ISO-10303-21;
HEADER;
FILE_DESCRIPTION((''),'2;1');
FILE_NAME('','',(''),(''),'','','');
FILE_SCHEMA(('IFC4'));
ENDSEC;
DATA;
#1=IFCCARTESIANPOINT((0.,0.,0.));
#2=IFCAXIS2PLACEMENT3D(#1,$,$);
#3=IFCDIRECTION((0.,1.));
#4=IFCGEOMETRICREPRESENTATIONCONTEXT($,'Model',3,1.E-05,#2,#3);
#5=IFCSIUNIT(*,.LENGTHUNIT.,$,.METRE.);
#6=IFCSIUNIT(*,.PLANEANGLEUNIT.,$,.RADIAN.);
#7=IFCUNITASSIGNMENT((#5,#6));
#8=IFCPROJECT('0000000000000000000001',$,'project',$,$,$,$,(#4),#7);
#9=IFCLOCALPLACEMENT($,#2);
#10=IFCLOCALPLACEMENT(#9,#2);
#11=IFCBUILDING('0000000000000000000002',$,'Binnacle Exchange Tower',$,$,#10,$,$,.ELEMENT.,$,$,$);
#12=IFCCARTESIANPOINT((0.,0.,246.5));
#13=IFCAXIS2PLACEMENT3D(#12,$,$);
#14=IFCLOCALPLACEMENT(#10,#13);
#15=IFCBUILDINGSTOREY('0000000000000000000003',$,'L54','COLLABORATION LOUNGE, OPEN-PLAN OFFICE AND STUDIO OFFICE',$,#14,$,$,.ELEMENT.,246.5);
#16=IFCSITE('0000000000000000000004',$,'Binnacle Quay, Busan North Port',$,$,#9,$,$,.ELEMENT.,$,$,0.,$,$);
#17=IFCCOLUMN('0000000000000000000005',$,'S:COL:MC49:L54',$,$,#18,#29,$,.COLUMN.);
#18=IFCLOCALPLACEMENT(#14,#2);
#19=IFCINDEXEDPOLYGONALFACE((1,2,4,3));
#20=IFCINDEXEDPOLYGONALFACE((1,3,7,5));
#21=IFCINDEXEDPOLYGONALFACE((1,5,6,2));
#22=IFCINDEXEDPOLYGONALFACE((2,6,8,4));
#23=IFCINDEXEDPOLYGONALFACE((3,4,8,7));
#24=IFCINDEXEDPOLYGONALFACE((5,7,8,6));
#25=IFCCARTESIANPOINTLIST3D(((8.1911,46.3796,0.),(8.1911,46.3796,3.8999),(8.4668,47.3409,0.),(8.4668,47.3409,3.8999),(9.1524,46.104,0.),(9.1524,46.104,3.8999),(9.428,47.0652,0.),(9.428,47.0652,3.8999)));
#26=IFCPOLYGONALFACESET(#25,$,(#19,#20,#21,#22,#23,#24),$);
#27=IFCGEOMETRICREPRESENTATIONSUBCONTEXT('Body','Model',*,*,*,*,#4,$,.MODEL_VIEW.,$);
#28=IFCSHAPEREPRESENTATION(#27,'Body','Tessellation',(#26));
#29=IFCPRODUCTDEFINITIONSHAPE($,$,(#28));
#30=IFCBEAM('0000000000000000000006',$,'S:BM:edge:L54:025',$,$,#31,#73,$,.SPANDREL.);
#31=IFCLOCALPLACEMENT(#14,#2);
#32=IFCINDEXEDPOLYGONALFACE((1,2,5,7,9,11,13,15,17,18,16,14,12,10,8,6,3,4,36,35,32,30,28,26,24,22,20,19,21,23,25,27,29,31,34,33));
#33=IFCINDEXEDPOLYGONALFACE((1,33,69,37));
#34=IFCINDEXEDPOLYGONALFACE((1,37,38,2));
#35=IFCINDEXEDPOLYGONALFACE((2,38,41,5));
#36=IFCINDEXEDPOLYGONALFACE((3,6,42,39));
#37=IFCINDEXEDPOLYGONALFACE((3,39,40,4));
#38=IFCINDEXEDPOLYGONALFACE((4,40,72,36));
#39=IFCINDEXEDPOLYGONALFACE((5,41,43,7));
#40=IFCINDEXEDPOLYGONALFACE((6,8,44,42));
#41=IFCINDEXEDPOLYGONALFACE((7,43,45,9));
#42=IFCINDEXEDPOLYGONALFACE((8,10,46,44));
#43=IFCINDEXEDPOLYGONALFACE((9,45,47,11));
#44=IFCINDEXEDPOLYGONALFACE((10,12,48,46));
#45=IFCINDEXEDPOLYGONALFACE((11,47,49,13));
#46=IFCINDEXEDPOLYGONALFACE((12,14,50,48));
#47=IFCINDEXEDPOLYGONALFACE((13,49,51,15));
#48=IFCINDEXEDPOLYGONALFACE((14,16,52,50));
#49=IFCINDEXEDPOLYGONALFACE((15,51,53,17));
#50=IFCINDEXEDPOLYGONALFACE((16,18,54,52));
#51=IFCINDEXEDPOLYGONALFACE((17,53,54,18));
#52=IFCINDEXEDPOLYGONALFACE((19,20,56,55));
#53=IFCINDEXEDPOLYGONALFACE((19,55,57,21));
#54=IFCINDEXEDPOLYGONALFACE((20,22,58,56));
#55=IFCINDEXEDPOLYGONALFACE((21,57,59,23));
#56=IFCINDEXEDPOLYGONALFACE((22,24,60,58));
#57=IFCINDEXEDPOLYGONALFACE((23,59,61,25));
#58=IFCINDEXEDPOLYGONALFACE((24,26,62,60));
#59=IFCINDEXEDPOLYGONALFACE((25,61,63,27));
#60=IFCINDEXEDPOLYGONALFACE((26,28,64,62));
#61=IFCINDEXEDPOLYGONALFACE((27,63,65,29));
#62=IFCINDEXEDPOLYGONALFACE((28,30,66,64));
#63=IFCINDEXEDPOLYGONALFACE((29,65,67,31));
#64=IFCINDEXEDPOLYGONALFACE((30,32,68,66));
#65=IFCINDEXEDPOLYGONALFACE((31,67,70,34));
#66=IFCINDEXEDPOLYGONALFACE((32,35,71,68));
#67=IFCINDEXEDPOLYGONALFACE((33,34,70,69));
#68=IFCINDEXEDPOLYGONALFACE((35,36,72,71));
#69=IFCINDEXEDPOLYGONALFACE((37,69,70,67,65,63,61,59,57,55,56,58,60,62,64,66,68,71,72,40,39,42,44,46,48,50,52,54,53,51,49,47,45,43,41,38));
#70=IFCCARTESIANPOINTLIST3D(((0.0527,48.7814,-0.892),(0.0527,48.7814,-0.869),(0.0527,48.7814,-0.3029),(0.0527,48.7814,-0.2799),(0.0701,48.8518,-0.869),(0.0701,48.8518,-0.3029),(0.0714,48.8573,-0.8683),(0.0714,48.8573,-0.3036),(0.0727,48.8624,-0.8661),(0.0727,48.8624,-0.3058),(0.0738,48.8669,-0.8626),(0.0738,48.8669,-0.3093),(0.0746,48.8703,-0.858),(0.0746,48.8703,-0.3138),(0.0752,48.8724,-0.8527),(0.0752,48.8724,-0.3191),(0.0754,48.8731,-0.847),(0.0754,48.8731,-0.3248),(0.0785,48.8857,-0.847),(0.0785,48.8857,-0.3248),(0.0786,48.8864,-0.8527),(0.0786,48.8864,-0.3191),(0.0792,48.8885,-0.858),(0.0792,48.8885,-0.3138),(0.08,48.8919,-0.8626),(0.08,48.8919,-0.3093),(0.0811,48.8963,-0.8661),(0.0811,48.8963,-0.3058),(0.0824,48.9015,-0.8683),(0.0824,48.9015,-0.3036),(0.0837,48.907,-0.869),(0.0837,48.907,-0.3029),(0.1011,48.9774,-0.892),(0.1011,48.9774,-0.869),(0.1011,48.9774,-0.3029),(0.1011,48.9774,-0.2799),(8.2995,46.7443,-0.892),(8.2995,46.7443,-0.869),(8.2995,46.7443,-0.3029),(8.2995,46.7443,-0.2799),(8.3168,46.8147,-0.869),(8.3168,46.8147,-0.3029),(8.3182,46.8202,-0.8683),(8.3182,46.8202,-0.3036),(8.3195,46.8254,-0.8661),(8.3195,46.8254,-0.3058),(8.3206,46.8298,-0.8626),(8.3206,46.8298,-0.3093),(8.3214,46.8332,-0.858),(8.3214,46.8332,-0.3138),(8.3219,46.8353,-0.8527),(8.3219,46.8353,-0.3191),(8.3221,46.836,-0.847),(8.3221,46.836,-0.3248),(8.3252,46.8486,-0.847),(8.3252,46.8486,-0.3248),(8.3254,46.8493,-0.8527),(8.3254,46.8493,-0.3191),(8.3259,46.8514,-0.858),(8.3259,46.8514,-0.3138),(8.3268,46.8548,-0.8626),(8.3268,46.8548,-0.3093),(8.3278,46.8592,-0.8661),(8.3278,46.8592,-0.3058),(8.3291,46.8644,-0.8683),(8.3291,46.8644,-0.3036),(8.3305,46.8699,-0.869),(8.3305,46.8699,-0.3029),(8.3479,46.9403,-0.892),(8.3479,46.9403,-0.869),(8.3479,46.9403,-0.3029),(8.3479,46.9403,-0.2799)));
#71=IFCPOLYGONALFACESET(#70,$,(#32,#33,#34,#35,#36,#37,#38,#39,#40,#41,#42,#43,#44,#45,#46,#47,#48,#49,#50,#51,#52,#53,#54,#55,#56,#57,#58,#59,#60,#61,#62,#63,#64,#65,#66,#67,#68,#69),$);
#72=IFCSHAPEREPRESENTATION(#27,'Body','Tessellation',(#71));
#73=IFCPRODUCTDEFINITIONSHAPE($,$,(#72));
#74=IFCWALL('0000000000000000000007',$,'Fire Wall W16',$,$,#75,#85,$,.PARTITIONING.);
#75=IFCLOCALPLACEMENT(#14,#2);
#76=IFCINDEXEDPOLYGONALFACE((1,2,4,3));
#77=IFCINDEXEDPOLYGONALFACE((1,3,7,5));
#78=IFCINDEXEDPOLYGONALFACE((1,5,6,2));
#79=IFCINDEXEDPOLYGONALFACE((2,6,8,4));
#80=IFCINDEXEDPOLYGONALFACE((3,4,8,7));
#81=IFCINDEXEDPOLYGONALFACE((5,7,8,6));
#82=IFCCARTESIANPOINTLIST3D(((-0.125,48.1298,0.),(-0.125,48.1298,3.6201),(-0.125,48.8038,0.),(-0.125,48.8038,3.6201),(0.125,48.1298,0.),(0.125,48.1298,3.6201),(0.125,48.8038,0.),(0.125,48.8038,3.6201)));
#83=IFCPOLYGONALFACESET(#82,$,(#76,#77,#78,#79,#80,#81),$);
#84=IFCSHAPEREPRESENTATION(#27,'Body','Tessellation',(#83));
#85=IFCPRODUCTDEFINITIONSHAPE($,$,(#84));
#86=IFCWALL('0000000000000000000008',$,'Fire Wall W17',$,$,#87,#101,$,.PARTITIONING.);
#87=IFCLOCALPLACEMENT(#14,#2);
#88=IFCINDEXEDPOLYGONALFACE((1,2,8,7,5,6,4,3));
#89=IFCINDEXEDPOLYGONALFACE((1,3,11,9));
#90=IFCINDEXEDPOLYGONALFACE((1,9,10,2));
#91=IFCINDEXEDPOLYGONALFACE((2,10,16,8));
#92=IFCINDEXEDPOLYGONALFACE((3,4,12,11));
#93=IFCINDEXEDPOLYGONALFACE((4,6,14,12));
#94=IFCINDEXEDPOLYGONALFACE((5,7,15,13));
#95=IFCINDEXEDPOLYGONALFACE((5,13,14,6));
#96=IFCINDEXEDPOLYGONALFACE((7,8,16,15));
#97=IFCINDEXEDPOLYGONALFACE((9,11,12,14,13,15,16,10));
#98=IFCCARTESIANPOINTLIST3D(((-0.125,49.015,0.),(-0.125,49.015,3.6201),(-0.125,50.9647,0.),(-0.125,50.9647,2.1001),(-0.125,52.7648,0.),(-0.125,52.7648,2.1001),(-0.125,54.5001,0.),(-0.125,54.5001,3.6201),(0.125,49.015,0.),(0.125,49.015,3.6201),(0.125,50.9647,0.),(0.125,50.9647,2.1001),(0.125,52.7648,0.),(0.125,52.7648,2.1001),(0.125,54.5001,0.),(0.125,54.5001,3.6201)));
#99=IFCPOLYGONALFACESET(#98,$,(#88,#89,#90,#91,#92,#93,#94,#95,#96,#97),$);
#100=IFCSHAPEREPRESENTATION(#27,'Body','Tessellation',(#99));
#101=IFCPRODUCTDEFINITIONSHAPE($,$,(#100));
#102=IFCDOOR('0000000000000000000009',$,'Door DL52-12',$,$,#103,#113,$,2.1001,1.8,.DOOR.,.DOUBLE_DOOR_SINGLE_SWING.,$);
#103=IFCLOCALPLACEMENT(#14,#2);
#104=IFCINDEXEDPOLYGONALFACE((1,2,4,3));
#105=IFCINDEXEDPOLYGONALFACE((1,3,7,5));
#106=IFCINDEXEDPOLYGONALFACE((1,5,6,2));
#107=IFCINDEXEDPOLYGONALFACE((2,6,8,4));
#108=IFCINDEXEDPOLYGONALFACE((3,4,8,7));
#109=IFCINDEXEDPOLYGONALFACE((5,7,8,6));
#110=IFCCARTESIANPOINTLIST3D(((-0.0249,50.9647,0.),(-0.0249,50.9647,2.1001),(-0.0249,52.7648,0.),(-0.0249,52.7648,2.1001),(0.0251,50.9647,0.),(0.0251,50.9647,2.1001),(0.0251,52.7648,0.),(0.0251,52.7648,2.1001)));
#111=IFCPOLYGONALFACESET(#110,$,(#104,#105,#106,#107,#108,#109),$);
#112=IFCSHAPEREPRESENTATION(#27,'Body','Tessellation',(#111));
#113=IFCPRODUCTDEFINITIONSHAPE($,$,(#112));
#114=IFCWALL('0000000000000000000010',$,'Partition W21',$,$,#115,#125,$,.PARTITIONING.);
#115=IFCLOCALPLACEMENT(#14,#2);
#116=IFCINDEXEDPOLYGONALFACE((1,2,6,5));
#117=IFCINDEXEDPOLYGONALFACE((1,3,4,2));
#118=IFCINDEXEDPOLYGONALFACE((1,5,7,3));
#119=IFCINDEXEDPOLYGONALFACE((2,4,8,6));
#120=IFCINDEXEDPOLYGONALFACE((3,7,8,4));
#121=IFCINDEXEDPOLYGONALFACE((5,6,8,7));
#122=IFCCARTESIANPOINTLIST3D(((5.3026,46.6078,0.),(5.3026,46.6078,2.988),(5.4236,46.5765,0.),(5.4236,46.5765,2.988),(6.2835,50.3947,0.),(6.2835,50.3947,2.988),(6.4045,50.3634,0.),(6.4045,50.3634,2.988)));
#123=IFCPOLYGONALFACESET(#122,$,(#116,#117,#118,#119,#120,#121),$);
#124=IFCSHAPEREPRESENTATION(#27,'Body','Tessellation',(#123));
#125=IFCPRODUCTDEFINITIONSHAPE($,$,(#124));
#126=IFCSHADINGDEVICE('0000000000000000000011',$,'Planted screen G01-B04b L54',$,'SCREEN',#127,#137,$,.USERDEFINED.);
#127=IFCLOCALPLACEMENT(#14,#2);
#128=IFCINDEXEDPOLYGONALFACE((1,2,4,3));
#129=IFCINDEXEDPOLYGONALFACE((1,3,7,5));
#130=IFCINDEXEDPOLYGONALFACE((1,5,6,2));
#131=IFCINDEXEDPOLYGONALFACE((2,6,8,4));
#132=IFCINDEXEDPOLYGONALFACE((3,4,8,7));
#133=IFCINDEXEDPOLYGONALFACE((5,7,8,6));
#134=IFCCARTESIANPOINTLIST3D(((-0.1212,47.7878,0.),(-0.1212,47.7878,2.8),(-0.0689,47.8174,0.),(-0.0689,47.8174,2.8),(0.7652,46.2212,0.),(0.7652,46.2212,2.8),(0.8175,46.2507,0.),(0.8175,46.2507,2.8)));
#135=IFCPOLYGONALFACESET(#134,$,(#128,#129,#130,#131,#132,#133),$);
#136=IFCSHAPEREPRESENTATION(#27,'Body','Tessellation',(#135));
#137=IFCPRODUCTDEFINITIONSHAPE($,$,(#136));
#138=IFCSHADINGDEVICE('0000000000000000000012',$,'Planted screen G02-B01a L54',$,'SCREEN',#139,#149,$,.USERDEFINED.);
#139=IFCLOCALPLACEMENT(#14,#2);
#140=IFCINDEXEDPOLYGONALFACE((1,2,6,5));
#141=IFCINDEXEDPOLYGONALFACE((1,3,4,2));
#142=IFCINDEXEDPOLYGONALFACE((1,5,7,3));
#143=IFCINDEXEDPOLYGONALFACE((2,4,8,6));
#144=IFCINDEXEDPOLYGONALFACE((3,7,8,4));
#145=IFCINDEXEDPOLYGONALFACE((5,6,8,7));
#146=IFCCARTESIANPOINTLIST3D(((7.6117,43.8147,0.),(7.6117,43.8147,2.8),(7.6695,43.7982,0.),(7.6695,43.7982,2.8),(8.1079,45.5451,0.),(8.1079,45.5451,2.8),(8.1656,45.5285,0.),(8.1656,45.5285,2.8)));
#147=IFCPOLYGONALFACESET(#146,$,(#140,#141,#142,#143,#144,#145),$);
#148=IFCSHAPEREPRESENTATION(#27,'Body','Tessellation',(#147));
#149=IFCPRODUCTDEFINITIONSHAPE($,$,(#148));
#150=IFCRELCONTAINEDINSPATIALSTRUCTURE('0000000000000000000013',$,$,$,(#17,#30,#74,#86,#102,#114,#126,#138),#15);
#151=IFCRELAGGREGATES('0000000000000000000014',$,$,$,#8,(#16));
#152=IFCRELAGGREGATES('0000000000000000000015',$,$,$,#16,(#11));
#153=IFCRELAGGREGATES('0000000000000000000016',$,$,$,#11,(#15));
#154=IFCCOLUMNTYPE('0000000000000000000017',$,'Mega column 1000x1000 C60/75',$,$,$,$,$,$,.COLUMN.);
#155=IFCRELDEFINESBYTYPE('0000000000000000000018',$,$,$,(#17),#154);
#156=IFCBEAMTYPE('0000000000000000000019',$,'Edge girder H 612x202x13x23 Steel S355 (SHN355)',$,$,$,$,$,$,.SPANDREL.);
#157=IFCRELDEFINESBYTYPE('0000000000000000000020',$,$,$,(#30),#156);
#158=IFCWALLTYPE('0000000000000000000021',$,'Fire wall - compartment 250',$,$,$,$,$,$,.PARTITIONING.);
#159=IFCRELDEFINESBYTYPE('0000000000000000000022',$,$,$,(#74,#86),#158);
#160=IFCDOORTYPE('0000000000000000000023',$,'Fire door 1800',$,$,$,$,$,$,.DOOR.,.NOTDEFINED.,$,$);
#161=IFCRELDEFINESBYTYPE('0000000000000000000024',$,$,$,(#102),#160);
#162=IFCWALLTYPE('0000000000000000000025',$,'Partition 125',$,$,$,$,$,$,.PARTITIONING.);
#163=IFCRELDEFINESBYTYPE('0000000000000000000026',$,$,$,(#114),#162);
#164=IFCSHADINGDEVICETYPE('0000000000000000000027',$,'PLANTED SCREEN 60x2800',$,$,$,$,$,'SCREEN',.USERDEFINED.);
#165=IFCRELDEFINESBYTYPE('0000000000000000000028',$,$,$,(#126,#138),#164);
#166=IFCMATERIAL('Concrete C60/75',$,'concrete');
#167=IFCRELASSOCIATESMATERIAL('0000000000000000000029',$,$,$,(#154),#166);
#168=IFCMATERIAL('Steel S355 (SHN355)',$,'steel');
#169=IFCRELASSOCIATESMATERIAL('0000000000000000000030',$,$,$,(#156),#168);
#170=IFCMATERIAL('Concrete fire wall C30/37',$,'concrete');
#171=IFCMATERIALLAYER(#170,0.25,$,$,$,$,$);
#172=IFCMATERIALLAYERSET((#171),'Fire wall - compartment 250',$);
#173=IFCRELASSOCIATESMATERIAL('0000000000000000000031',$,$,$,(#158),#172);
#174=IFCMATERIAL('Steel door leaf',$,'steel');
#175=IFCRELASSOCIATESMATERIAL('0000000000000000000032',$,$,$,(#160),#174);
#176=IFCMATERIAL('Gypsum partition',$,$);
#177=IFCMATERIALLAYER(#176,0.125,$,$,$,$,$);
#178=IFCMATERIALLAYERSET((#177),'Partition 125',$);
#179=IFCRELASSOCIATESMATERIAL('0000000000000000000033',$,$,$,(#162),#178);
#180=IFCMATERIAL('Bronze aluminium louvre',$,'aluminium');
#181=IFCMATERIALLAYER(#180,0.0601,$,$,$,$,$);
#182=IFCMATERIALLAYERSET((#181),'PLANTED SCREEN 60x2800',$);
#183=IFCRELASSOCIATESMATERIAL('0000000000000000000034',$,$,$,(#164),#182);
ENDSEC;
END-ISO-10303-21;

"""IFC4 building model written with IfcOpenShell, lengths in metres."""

from ifc_helpers import new_model, si_unit, direction, frame, frame_2d, origin, origin_2d, place, context, subcontext, project, spatial, rectangle, i_section, extrude, material, layer, layer_set, material_profile, profile_set, type_object, element, fill, save


model = new_model("IFC4")

# Units and contexts
model_context = context("Model", 3, precision=1e-05, world=origin(), true_north=direction((0.0, 1.0)))
body_context = subcontext(model_context, "Body", "Model", "MODEL_VIEW")
ifc_project = project(units=[si_unit("LENGTHUNIT", "METRE"), si_unit("PLANEANGLEUNIT", "RADIAN")], contexts=[model_context])

# Site, building, storey
site_placement = place(None, origin())
site = spatial("IfcSite", under=ifc_project, at=site_placement, Name="Binnacle Quay, Busan North Port", CompositionType="ELEMENT", RefElevation=0.0)
building_placement = place(site_placement, origin())
building = spatial("IfcBuilding", under=site, at=building_placement, Name="Binnacle Exchange Tower", CompositionType="ELEMENT")
storey_placement = place(building_placement, frame((0.0, 0.0, 246.5)))
storey = spatial("IfcBuildingStorey", under=building, at=storey_placement, Name="L54", Description="COLLABORATION LOUNGE, OPEN-PLAN OFFICE AND STUDIO OFFICE", CompositionType="ELEMENT", Elevation=246.5)

# Column
ifc_material_1 = material(Name="Concrete C60/75", Category="concrete")
ifc_material_profile_1 = material_profile(ifc_material_1, rectangle(XDim=1.0, YDim=1.0, at=origin_2d()), Name="Mega column 1000x1000 C60/75")
ifc_profile_set_1 = profile_set([ifc_material_profile_1], Name="Concrete C60/75")
column_type = type_object("IfcColumnType", Name="Mega column 1000x1000 C60/75", PredefinedType="COLUMN", material=ifc_profile_set_1)
column_placement = place(storey_placement, frame((8.8096, 46.7224, 0.0), z_axis=(0.0, 0.0, 1.0), x_axis=(0.961262, -0.275637, 0.0)))
element("IfcColumn", 1, at=column_placement, inside=storey, type_object=column_type, Name="S:COL:MC49:L54", PredefinedType="COLUMN", context=body_context, shape_type="SweptSolid", body=[
    extrude(rectangle(XDim=1.0, YDim=1.0, at=origin_2d()), origin(), (0.0, 0.0, 1.0), 3.8999),
])

# Beam
ifc_material_2 = material(Name="Steel S355 (SHN355)", Category="steel")
ifc_material_profile_2 = material_profile(ifc_material_2, i_section(OverallWidth=0.2019, OverallDepth=0.6121, WebThickness=0.0129, FlangeThickness=0.0229, FilletRadius=0.022, at=origin_2d()), Name="H 612x202x13x23")
ifc_profile_set_2 = profile_set([ifc_material_profile_2], Name="Steel S355 (SHN355)")
beam_type = type_object("IfcBeamType", Name="Edge girder H 612x202x13x23 Steel S355 (SHN355)", PredefinedType="SPANDREL", material=ifc_profile_set_2)
beam_placement = place(storey_placement, frame((0.0769, 48.8794, -0.5859), z_axis=(0.97082, -0.239809, 0.0), x_axis=(0.239809, 0.97082, 0.0)))
element("IfcBeam", 2, at=beam_placement, inside=storey, type_object=beam_type, Name="S:BM:edge:L54:025", PredefinedType="SPANDREL", context=body_context, shape_type="SweptSolid", body=[
    extrude(i_section(OverallWidth=0.2019, OverallDepth=0.6121, WebThickness=0.0129, FlangeThickness=0.0229, FilletRadius=0.022, at=origin_2d()), origin(), (0.0, 0.0, 1.0), 8.4946),
])

# Wall
ifc_material_3 = material(Name="Concrete fire wall C30/37", Category="concrete")
ifc_layer_1 = layer(ifc_material_3, 0.25)
ifc_layer_set_1 = layer_set([ifc_layer_1], Name="Fire wall - compartment 250")
wall_type_1 = type_object("IfcWallType", Name="Fire wall - compartment 250", PredefinedType="PARTITIONING", material=ifc_layer_set_1)
wall_1_placement = place(storey_placement, frame((0.0, 48.1299, 0.0), z_axis=(0.0, 0.0, 1.0), x_axis=(0.0, 1.0, 0.0)))
element("IfcWall", 3, at=wall_1_placement, inside=storey, type_object=wall_type_1, Name="Fire Wall W16", PredefinedType="PARTITIONING", context=body_context, shape_type="SweptSolid", body=[
    extrude(rectangle(XDim=0.6741, YDim=0.25, at=frame_2d((0.3369, 0.0))), origin(), (0.0, 0.0, 1.0), 3.6201),
])

# Wall, opening, door
wall_2_placement = place(storey_placement, frame((0.0, 49.0149, 0.0), z_axis=(0.0, 0.0, 1.0), x_axis=(0.0, 1.0, 0.0)))
wall_2 = element("IfcWall", 4, at=wall_2_placement, inside=storey, type_object=wall_type_1, Name="Fire Wall W17", PredefinedType="PARTITIONING", context=body_context, shape_type="SweptSolid", body=[
    extrude(rectangle(XDim=5.4851, YDim=0.25, at=frame_2d((2.7427, 0.0))), origin(), (0.0, 0.0, 1.0), 3.6201),
])
opening_1_placement = place(wall_2_placement, frame((1.95, 0.0, 0.0)))
opening_1 = element("IfcOpeningElement", 5, at=opening_1_placement, cuts=wall_2, PredefinedType="OPENING", context=body_context, shape_type="SweptSolid", body=[
    extrude(rectangle(XDim=1.8, YDim=2.1001, at=frame_2d((0.8999, 1.05))), frame((0.0, 0.135, 0.0), z_axis=(0.0, -1.0, 0.0), x_axis=(1.0, 0.0, 0.0)), (0.0, 0.0, 1.0), 0.27),
])
ifc_material_4 = material(Name="Steel door leaf", Category="steel")
door_type_1 = type_object("IfcDoorType", Name="Fire door 1800", OperationType="NOTDEFINED", PredefinedType="DOOR", material=ifc_material_4)
door_1_placement = place(opening_1_placement, origin())
door_1 = element("IfcDoor", 6, at=door_1_placement, inside=storey, type_object=door_type_1, Name="Door DL52-12", OperationType="DOUBLE_DOOR_SINGLE_SWING", OverallHeight=2.1001, OverallWidth=1.8, PredefinedType="DOOR", context=body_context, shape_type="SweptSolid", body=[
    extrude(rectangle(XDim=1.8, YDim=2.1001, at=frame_2d((0.8999, 1.05))), frame((0.0, 0.0249, 0.0), z_axis=(0.0, -1.0, 0.0), x_axis=(1.0, 0.0, 0.0)), (0.0, 0.0, 1.0), 0.05),
])
fill(opening_1, door_1)

# Wall
ifc_material_5 = material(Name="Gypsum partition")
ifc_layer_2 = layer(ifc_material_5, 0.125)
ifc_layer_set_2 = layer_set([ifc_layer_2], Name="Partition 125")
wall_type_2 = type_object("IfcWallType", Name="Partition 125", PredefinedType="PARTITIONING", material=ifc_layer_set_2)
wall_3_placement = place(storey_placement, frame((5.363, 46.592, 0.0), z_axis=(0.0, 0.0, 1.0), x_axis=(0.250765, 0.968048, 0.0)))
element("IfcWall", 7, at=wall_3_placement, inside=storey, type_object=wall_type_2, Name="Partition W21", PredefinedType="PARTITIONING", context=body_context, shape_type="SweptSolid", body=[
    extrude(rectangle(XDim=3.9119, YDim=0.125, at=frame_2d((1.9561, 0.0))), origin(), (0.0, 0.0, 1.0), 2.988),
])

# Shading devices
ifc_material_6 = material(Name="Bronze aluminium louvre", Category="aluminium")
ifc_layer_3 = layer(ifc_material_6, 0.0601)
ifc_layer_set_3 = layer_set([ifc_layer_3], Name="PLANTED SCREEN 60x2800")
shading_device_type = type_object("IfcShadingDeviceType", Name="PLANTED SCREEN 60x2800", ElementType="SCREEN", PredefinedType="USERDEFINED", material=ifc_layer_set_3)
for number, where, z_axis, x_axis, name in (
    (8, (0.3481, 47.0193, 0.0), (0.0, 0.0, 1.0), (0.870356, 0.492424, 0.0), "Planted screen G01-B04b L54"),
    (9, (7.8887, 44.6716, 0.0), (0.0, 0.0, 1.0), (0.961262, -0.275637, 0.0), "Planted screen G02-B01a L54"),
):
    element("IfcShadingDevice", number, at=place(storey_placement, frame(where, z_axis=z_axis, x_axis=x_axis)), inside=storey, type_object=shading_device_type, Name=name, ObjectType="SCREEN", PredefinedType="USERDEFINED", context=body_context, shape_type="SweptSolid", body=[
        extrude(rectangle(XDim=0.0601, YDim=1.8, at=origin_2d()), origin(), (0.0, 0.0, 1.0), 2.8),
    ])

save(model, "model.ifc")
